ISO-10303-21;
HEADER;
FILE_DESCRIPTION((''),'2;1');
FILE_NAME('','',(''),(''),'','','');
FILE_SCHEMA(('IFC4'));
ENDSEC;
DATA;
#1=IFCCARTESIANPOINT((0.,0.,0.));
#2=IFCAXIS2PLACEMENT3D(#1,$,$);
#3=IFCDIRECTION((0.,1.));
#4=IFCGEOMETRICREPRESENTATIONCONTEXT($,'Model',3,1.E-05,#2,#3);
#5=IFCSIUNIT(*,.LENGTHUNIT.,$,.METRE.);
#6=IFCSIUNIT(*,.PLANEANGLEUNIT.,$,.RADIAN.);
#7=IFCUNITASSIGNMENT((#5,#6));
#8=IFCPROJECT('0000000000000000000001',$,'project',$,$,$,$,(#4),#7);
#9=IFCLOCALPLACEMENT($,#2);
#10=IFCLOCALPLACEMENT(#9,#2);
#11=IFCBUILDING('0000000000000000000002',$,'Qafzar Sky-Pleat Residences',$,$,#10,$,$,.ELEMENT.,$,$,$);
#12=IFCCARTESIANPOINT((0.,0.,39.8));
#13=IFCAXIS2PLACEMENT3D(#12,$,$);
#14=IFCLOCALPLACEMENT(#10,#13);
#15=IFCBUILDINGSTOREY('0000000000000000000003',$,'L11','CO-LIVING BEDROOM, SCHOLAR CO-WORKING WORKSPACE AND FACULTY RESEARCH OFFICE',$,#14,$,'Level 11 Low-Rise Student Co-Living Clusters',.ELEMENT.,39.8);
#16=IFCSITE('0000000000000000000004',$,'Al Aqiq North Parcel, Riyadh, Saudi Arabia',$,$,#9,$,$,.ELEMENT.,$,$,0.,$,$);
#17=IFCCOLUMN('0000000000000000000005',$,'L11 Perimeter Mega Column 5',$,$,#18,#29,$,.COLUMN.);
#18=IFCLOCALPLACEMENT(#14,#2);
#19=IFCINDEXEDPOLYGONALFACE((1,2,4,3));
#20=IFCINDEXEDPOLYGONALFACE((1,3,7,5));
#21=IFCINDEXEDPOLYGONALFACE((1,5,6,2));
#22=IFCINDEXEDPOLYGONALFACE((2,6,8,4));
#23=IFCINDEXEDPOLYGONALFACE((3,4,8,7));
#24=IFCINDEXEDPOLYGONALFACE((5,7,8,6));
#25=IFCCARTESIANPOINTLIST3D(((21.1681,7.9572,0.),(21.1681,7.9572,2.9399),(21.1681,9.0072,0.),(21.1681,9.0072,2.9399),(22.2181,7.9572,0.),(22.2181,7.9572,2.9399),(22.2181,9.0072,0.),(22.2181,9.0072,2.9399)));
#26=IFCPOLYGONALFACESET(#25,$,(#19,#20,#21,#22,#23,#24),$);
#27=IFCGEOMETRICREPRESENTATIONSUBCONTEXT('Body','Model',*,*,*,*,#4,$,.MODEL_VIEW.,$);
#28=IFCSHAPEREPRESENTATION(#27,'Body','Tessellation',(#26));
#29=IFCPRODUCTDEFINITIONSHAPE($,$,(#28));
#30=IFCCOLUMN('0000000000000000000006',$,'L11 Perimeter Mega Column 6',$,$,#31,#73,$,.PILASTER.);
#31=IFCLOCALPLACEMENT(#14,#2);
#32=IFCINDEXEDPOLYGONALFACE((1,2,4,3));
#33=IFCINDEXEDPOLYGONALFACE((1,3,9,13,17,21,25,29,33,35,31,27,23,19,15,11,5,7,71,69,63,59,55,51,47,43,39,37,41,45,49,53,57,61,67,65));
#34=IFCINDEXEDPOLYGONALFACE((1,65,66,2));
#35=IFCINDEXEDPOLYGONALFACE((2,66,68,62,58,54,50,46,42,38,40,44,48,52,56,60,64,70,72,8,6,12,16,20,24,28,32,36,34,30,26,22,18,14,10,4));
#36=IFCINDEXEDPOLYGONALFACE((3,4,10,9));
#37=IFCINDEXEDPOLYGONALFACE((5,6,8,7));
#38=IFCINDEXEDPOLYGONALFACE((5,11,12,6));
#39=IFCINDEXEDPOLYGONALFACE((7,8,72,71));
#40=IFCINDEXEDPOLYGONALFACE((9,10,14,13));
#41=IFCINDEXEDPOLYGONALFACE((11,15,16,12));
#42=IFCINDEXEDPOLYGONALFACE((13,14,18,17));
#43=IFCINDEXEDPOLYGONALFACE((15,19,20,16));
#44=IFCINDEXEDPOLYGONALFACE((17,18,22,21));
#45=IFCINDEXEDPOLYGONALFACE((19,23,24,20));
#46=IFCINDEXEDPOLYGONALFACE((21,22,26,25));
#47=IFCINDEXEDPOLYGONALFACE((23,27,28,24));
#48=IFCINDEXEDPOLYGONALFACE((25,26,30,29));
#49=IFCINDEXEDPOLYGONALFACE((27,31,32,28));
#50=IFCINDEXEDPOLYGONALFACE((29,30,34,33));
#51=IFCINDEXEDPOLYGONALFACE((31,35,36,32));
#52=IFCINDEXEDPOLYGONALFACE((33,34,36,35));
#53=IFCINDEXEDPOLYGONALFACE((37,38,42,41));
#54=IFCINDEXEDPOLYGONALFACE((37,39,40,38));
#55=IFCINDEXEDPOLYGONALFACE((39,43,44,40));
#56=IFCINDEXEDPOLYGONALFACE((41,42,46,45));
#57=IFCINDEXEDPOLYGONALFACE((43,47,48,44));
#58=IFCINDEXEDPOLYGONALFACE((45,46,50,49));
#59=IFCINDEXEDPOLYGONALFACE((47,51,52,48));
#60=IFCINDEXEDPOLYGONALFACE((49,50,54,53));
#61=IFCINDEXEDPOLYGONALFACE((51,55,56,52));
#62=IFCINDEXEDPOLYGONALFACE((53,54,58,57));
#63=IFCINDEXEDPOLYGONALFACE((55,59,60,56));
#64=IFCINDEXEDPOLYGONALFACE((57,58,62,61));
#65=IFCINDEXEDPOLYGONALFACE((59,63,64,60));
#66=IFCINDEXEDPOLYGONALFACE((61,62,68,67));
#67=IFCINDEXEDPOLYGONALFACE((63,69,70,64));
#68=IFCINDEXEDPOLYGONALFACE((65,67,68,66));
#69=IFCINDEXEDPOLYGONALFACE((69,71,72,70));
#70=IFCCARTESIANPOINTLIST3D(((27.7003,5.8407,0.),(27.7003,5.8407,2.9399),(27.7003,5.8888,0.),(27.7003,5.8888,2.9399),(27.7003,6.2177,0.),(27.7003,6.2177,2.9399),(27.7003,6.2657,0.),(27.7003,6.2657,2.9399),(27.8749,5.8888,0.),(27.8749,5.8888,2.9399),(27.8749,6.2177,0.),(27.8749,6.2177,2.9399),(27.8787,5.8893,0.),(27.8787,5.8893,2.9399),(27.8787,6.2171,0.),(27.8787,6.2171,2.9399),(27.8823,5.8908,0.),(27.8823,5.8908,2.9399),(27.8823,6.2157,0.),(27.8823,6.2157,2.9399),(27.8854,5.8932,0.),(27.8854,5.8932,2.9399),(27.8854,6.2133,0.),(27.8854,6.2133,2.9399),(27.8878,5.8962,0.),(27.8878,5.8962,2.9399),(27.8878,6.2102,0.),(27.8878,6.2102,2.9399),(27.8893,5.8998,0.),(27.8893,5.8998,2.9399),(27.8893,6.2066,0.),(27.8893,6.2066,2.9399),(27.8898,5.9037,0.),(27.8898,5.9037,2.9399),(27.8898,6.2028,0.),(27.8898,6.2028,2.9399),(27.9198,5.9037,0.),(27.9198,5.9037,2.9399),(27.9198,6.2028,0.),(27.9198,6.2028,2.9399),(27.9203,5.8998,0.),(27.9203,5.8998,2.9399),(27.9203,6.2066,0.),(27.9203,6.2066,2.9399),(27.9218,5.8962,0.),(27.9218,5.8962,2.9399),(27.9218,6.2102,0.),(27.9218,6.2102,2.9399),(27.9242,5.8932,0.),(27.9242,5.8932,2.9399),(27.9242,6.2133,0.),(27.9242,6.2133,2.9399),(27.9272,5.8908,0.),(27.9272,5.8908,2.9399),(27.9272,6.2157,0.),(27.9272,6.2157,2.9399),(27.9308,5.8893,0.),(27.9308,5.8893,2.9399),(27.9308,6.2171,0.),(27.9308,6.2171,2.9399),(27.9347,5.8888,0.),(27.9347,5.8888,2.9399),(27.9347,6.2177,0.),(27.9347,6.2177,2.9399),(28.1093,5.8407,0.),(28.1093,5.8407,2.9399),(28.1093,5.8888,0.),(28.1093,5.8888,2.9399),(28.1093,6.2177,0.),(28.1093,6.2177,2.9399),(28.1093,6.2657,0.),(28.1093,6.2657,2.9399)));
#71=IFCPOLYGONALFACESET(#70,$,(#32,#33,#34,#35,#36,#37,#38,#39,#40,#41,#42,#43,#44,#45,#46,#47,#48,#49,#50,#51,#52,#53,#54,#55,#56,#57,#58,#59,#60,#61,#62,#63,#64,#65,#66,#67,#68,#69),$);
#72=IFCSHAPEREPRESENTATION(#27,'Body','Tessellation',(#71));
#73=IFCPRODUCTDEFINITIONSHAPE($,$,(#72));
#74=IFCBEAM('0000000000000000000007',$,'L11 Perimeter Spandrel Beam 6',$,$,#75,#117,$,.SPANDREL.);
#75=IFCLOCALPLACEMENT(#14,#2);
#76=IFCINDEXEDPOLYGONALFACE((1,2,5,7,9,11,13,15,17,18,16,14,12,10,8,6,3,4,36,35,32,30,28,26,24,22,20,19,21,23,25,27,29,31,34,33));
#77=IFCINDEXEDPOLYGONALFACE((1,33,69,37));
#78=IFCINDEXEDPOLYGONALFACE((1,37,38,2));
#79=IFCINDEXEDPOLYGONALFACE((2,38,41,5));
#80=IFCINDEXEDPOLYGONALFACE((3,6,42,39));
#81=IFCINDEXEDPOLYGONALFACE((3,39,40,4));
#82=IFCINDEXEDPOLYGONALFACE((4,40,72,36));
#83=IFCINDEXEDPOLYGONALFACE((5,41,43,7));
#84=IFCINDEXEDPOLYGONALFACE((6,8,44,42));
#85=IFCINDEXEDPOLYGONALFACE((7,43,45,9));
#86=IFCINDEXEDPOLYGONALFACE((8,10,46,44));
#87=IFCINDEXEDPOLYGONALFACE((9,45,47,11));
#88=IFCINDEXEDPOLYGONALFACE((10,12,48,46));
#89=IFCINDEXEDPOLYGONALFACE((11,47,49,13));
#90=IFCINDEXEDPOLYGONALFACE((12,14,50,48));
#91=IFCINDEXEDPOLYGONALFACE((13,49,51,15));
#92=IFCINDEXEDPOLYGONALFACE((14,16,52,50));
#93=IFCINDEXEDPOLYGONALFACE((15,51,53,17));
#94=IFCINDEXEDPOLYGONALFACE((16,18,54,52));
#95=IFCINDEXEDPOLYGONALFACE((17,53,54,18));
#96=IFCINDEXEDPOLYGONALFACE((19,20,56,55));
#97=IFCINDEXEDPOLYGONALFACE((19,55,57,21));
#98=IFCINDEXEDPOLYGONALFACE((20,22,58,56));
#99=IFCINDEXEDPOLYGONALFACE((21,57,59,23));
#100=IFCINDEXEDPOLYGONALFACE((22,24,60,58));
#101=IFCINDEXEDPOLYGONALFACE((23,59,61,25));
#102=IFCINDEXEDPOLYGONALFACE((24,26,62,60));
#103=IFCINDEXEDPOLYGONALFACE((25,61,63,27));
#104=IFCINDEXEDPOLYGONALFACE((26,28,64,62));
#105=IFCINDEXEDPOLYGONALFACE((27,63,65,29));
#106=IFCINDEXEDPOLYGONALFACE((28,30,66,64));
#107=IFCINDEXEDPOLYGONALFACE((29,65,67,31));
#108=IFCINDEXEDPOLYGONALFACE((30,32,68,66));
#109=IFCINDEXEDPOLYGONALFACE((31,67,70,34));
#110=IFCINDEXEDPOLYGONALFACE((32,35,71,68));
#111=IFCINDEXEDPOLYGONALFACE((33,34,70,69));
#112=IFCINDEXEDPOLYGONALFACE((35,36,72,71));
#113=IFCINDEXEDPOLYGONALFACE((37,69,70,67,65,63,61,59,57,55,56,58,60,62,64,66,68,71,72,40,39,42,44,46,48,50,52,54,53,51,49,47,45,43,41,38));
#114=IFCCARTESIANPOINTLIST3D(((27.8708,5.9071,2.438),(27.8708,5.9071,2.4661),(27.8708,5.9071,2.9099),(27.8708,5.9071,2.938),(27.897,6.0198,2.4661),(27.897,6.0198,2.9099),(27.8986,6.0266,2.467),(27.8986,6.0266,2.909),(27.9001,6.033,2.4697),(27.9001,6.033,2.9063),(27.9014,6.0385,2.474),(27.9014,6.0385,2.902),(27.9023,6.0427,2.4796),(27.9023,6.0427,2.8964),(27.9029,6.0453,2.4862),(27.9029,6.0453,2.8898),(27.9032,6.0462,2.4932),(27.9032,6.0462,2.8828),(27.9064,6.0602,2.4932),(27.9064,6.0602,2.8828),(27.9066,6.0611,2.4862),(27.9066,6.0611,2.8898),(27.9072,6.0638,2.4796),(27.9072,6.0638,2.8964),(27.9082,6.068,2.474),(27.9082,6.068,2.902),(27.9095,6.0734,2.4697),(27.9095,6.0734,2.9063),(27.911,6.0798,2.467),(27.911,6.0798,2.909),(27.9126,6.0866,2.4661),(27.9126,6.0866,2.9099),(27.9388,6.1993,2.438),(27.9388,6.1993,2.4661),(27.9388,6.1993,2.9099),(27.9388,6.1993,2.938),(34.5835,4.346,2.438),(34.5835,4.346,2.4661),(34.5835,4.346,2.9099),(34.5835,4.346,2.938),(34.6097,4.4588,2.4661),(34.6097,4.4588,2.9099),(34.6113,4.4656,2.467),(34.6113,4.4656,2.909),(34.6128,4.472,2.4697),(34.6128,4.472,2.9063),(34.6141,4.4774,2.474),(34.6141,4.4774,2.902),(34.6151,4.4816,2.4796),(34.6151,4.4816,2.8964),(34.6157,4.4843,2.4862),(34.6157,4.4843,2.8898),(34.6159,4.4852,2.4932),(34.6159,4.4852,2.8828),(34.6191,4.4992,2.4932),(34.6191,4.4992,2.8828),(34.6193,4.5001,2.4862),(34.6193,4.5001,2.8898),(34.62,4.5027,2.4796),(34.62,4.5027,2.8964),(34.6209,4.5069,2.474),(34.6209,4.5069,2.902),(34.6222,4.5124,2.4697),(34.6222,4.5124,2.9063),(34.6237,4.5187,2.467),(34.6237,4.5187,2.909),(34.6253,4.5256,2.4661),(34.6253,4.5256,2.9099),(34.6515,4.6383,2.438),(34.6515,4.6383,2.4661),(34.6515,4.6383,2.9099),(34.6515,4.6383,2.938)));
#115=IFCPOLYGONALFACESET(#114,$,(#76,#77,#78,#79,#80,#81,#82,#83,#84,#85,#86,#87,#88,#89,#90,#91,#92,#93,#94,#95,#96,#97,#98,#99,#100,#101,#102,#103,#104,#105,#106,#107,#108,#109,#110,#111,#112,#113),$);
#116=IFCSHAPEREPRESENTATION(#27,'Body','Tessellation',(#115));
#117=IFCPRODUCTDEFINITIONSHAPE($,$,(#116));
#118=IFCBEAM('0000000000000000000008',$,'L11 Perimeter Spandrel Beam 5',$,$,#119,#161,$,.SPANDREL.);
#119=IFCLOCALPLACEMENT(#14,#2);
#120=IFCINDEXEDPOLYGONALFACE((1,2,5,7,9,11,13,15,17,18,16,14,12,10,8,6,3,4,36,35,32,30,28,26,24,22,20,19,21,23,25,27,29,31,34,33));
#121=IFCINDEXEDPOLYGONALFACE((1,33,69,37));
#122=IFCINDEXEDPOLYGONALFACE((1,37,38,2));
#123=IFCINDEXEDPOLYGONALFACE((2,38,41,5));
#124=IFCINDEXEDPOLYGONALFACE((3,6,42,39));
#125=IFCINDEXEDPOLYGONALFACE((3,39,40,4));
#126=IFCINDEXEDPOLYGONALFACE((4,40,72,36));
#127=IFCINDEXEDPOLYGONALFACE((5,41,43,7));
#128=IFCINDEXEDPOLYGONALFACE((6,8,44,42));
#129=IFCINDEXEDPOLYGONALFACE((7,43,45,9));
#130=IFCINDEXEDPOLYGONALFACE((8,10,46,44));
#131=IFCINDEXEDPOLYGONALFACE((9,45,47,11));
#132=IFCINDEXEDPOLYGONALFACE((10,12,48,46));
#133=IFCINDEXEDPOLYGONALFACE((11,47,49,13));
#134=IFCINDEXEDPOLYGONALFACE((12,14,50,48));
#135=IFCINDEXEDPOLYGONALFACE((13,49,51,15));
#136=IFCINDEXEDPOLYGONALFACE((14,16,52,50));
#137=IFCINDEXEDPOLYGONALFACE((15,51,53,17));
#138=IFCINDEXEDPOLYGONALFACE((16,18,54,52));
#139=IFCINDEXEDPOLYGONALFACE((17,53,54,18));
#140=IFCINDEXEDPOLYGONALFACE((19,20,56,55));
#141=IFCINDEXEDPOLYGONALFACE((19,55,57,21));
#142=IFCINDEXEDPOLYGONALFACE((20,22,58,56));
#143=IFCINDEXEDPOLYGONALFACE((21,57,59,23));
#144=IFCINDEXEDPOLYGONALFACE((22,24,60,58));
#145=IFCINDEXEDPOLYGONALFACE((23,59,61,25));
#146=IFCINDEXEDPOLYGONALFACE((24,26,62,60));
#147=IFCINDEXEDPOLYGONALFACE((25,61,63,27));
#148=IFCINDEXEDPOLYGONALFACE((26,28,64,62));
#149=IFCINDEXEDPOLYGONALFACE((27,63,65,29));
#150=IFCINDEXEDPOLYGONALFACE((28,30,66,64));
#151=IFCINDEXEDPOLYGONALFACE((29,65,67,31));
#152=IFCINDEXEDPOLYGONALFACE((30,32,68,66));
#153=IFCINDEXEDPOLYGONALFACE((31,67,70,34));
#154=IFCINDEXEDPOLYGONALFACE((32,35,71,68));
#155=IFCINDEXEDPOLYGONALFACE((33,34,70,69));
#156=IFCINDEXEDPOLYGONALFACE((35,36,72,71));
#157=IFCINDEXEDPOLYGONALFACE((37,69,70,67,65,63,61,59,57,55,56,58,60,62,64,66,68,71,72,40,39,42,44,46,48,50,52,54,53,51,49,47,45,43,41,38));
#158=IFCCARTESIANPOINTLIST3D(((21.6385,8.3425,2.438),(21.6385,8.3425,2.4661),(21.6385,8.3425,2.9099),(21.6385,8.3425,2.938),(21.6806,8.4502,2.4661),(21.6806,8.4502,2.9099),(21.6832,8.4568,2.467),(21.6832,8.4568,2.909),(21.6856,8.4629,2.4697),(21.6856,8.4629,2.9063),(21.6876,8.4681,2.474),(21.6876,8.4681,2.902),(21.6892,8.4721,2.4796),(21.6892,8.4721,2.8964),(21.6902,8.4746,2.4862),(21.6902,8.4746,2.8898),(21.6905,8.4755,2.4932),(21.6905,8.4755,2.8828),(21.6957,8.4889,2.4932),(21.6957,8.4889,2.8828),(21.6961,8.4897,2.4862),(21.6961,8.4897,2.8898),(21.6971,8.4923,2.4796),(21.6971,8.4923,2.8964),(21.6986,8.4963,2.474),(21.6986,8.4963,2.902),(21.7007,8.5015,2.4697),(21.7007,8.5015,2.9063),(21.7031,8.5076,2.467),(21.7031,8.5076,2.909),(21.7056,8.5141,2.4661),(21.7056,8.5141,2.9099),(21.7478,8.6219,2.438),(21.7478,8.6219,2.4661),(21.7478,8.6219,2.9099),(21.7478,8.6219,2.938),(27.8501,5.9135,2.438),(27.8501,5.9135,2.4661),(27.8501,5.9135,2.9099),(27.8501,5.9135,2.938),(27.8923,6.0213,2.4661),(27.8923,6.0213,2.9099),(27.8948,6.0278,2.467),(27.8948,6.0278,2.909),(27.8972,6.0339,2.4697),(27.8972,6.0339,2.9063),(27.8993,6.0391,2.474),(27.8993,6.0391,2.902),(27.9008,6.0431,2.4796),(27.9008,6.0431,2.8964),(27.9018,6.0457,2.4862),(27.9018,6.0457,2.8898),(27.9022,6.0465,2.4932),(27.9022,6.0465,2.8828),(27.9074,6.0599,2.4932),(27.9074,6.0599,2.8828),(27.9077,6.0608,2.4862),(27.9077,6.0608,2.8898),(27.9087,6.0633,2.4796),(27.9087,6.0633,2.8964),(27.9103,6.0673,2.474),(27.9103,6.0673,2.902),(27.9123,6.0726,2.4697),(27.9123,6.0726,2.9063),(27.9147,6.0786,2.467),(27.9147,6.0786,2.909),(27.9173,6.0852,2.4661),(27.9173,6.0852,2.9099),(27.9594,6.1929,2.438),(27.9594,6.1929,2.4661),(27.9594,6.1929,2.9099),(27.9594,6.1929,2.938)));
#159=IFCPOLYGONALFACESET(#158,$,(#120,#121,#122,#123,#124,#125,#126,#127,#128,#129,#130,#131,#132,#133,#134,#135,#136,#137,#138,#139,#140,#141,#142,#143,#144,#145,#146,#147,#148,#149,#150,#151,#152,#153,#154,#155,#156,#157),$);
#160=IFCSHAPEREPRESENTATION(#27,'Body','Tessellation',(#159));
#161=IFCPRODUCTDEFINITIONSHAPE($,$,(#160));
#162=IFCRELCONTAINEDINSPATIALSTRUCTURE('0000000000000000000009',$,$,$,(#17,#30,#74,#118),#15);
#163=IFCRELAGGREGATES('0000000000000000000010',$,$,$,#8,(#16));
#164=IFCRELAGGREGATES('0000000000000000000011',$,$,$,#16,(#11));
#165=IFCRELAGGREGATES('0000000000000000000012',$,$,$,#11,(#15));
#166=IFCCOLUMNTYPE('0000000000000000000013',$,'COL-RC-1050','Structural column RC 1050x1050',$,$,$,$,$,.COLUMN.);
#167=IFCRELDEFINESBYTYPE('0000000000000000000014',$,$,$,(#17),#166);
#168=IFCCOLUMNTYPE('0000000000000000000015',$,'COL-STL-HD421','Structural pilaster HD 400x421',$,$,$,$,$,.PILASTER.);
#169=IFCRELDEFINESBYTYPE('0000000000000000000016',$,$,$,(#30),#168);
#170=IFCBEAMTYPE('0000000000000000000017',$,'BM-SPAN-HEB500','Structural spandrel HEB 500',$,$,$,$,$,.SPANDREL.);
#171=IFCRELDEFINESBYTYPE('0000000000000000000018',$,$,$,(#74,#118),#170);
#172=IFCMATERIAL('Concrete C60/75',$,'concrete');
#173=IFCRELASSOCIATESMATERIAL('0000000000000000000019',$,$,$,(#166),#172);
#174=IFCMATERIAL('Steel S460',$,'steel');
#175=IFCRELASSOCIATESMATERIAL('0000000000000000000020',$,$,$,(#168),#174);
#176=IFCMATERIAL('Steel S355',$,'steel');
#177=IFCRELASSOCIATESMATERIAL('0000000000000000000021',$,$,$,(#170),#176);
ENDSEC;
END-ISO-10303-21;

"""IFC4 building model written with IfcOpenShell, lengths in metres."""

from ifc_helpers import new_model, si_unit, direction, frame, origin, origin_2d, place, context, subcontext, project, spatial, rectangle, i_section, extrude, source, transform, mapped, material, material_profile, profile_set, type_object, element, save


model = new_model("IFC4")

# Units and contexts
model_context = context("Model", 3, precision=1e-05, world=origin(), true_north=direction((0.0, 1.0)))
body_context = subcontext(model_context, "Body", "Model", "MODEL_VIEW")
ifc_project = project(units=[si_unit("LENGTHUNIT", "METRE"), si_unit("PLANEANGLEUNIT", "RADIAN")], contexts=[model_context])

# Site, building, storey
site_placement = place(None, origin())
site = spatial("IfcSite", under=ifc_project, at=site_placement, Name="Al Aqiq North Parcel, Riyadh, Saudi Arabia", CompositionType="ELEMENT", RefElevation=0.0)
building_placement = place(site_placement, origin())
building = spatial("IfcBuilding", under=site, at=building_placement, Name="Qafzar Sky-Pleat Residences", CompositionType="ELEMENT")
storey_placement = place(building_placement, frame((0.0, 0.0, 39.8)))
storey = spatial("IfcBuildingStorey", under=building, at=storey_placement, Name="L11", Description="CO-LIVING BEDROOM, SCHOLAR CO-WORKING WORKSPACE AND FACULTY RESEARCH OFFICE", LongName="Level 11 Low-Rise Student Co-Living Clusters", CompositionType="ELEMENT", Elevation=39.8)

# Columns
ifc_material_1 = material(Name="Concrete C60/75", Category="concrete")
ifc_material_profile_1 = material_profile(ifc_material_1, rectangle(XDim=1.05, YDim=1.05, at=origin_2d()), Name="RC 1050x1050")
ifc_profile_set_1 = profile_set([ifc_material_profile_1], Name="Concrete C60/75")
column_type_1 = type_object("IfcColumnType", Name="COL-RC-1050", Description="Structural column RC 1050x1050", PredefinedType="COLUMN", material=ifc_profile_set_1)
shared_shape_1 = source(origin(), body_context, "Body", "SweptSolid", [
    extrude(rectangle(XDim=1.05, YDim=1.05, at=origin_2d()), origin(), (0.0, 0.0, 1.0), 2.9399),
])
column_1_placement = place(storey_placement, frame((21.6931, 8.4822, 0.0), z_axis=(0.0, 0.0, 1.0), x_axis=(1.0, 0.0, 0.0)))
element("IfcColumn", 1, at=column_1_placement, inside=storey, type_object=column_type_1, Name="L11 Perimeter Mega Column 5", PredefinedType="COLUMN", context=body_context, shape_type="MappedRepresentation", body=[
    mapped(shared_shape_1, transform((0.0, 0.0, 0.0), x_axis=(1.0, 0.0, 0.0), y_axis=(0.0, 1.0, 0.0), z_axis=(0.0, 0.0, 1.0), scale=1.0)),
])
ifc_material_2 = material(Name="Steel S460", Category="steel")
ifc_material_profile_2 = material_profile(ifc_material_2, i_section(OverallWidth=0.4089, OverallDepth=0.425, WebThickness=0.03, FlangeThickness=0.0481, FilletRadius=0.0149, at=origin_2d()), Name="HD 400x421")
ifc_profile_set_2 = profile_set([ifc_material_profile_2], Name="Steel S460")
column_type_2 = type_object("IfcColumnType", Name="COL-STL-HD421", Description="Structural pilaster HD 400x421", PredefinedType="PILASTER", material=ifc_profile_set_2)
shared_shape_2 = source(origin(), body_context, "Body", "SweptSolid", [
    extrude(i_section(OverallWidth=0.4089, OverallDepth=0.425, WebThickness=0.03, FlangeThickness=0.0481, FilletRadius=0.0149, at=origin_2d()), origin(), (0.0, 0.0, 1.0), 2.9399),
])
column_2_placement = place(storey_placement, frame((27.9048, 6.0532, 0.0), z_axis=(0.0, 0.0, 1.0), x_axis=(1.0, 0.0, 0.0)))
element("IfcColumn", 2, at=column_2_placement, inside=storey, type_object=column_type_2, Name="L11 Perimeter Mega Column 6", PredefinedType="PILASTER", context=body_context, shape_type="MappedRepresentation", body=[
    mapped(shared_shape_2, transform((0.0, 0.0, 0.0), x_axis=(1.0, 0.0, 0.0), y_axis=(0.0, 1.0, 0.0), z_axis=(0.0, 0.0, 1.0), scale=1.0)),
])

# Beams
ifc_material_3 = material(Name="Steel S355", Category="steel")
ifc_material_profile_3 = material_profile(ifc_material_3, i_section(OverallWidth=0.3, OverallDepth=0.5, WebThickness=0.0144, FlangeThickness=0.0281, FilletRadius=0.0271, at=origin_2d()), Name="HEB 500")
ifc_profile_set_3 = profile_set([ifc_material_profile_3], Name="Steel S355")
beam_type_1 = type_object("IfcBeamType", Name="BM-SPAN-HEB500", Description="Structural spandrel HEB 500", PredefinedType="SPANDREL", material=ifc_profile_set_3)
shared_shape_3 = source(origin(), body_context, "Body", "SweptSolid", [
    extrude(i_section(OverallWidth=0.3, OverallDepth=0.5, WebThickness=0.0144, FlangeThickness=0.0281, FilletRadius=0.0271, at=origin_2d()), origin(), (0.0, 0.0, 1.0), 6.8918),
])
beam_1_placement = place(storey_placement, frame((27.9048, 6.0532, 2.688), z_axis=(0.974009, -0.226507, 0.0), x_axis=(0.226507, 0.974009, 0.0)))
element("IfcBeam", 3, at=beam_1_placement, inside=storey, type_object=beam_type_1, Name="L11 Perimeter Spandrel Beam 6", PredefinedType="SPANDREL", context=body_context, shape_type="MappedRepresentation", body=[
    mapped(shared_shape_3, transform((0.0, 0.0, 0.0), x_axis=(1.0, 0.0, 0.0), y_axis=(0.0, 1.0, 0.0), z_axis=(0.0, 0.0, 1.0), scale=1.0)),
])
shared_shape_4 = source(origin(), body_context, "Body", "SweptSolid", [
    extrude(i_section(OverallWidth=0.3, OverallDepth=0.5, WebThickness=0.0144, FlangeThickness=0.0281, FilletRadius=0.0271, at=origin_2d()), origin(), (0.0, 0.0, 1.0), 6.6697),
])
beam_2_placement = place(storey_placement, frame((21.6931, 8.4822, 2.688), z_axis=(0.931329, -0.364179, 0.0), x_axis=(0.364179, 0.931329, 0.0)))
element("IfcBeam", 4, at=beam_2_placement, inside=storey, type_object=beam_type_1, Name="L11 Perimeter Spandrel Beam 5", PredefinedType="SPANDREL", context=body_context, shape_type="MappedRepresentation", body=[
    mapped(shared_shape_4, transform((0.0, 0.0, 0.0), x_axis=(1.0, 0.0, 0.0), y_axis=(0.0, 1.0, 0.0), z_axis=(0.0, 0.0, 1.0), scale=1.0)),
])

save(model, "model.ifc")
